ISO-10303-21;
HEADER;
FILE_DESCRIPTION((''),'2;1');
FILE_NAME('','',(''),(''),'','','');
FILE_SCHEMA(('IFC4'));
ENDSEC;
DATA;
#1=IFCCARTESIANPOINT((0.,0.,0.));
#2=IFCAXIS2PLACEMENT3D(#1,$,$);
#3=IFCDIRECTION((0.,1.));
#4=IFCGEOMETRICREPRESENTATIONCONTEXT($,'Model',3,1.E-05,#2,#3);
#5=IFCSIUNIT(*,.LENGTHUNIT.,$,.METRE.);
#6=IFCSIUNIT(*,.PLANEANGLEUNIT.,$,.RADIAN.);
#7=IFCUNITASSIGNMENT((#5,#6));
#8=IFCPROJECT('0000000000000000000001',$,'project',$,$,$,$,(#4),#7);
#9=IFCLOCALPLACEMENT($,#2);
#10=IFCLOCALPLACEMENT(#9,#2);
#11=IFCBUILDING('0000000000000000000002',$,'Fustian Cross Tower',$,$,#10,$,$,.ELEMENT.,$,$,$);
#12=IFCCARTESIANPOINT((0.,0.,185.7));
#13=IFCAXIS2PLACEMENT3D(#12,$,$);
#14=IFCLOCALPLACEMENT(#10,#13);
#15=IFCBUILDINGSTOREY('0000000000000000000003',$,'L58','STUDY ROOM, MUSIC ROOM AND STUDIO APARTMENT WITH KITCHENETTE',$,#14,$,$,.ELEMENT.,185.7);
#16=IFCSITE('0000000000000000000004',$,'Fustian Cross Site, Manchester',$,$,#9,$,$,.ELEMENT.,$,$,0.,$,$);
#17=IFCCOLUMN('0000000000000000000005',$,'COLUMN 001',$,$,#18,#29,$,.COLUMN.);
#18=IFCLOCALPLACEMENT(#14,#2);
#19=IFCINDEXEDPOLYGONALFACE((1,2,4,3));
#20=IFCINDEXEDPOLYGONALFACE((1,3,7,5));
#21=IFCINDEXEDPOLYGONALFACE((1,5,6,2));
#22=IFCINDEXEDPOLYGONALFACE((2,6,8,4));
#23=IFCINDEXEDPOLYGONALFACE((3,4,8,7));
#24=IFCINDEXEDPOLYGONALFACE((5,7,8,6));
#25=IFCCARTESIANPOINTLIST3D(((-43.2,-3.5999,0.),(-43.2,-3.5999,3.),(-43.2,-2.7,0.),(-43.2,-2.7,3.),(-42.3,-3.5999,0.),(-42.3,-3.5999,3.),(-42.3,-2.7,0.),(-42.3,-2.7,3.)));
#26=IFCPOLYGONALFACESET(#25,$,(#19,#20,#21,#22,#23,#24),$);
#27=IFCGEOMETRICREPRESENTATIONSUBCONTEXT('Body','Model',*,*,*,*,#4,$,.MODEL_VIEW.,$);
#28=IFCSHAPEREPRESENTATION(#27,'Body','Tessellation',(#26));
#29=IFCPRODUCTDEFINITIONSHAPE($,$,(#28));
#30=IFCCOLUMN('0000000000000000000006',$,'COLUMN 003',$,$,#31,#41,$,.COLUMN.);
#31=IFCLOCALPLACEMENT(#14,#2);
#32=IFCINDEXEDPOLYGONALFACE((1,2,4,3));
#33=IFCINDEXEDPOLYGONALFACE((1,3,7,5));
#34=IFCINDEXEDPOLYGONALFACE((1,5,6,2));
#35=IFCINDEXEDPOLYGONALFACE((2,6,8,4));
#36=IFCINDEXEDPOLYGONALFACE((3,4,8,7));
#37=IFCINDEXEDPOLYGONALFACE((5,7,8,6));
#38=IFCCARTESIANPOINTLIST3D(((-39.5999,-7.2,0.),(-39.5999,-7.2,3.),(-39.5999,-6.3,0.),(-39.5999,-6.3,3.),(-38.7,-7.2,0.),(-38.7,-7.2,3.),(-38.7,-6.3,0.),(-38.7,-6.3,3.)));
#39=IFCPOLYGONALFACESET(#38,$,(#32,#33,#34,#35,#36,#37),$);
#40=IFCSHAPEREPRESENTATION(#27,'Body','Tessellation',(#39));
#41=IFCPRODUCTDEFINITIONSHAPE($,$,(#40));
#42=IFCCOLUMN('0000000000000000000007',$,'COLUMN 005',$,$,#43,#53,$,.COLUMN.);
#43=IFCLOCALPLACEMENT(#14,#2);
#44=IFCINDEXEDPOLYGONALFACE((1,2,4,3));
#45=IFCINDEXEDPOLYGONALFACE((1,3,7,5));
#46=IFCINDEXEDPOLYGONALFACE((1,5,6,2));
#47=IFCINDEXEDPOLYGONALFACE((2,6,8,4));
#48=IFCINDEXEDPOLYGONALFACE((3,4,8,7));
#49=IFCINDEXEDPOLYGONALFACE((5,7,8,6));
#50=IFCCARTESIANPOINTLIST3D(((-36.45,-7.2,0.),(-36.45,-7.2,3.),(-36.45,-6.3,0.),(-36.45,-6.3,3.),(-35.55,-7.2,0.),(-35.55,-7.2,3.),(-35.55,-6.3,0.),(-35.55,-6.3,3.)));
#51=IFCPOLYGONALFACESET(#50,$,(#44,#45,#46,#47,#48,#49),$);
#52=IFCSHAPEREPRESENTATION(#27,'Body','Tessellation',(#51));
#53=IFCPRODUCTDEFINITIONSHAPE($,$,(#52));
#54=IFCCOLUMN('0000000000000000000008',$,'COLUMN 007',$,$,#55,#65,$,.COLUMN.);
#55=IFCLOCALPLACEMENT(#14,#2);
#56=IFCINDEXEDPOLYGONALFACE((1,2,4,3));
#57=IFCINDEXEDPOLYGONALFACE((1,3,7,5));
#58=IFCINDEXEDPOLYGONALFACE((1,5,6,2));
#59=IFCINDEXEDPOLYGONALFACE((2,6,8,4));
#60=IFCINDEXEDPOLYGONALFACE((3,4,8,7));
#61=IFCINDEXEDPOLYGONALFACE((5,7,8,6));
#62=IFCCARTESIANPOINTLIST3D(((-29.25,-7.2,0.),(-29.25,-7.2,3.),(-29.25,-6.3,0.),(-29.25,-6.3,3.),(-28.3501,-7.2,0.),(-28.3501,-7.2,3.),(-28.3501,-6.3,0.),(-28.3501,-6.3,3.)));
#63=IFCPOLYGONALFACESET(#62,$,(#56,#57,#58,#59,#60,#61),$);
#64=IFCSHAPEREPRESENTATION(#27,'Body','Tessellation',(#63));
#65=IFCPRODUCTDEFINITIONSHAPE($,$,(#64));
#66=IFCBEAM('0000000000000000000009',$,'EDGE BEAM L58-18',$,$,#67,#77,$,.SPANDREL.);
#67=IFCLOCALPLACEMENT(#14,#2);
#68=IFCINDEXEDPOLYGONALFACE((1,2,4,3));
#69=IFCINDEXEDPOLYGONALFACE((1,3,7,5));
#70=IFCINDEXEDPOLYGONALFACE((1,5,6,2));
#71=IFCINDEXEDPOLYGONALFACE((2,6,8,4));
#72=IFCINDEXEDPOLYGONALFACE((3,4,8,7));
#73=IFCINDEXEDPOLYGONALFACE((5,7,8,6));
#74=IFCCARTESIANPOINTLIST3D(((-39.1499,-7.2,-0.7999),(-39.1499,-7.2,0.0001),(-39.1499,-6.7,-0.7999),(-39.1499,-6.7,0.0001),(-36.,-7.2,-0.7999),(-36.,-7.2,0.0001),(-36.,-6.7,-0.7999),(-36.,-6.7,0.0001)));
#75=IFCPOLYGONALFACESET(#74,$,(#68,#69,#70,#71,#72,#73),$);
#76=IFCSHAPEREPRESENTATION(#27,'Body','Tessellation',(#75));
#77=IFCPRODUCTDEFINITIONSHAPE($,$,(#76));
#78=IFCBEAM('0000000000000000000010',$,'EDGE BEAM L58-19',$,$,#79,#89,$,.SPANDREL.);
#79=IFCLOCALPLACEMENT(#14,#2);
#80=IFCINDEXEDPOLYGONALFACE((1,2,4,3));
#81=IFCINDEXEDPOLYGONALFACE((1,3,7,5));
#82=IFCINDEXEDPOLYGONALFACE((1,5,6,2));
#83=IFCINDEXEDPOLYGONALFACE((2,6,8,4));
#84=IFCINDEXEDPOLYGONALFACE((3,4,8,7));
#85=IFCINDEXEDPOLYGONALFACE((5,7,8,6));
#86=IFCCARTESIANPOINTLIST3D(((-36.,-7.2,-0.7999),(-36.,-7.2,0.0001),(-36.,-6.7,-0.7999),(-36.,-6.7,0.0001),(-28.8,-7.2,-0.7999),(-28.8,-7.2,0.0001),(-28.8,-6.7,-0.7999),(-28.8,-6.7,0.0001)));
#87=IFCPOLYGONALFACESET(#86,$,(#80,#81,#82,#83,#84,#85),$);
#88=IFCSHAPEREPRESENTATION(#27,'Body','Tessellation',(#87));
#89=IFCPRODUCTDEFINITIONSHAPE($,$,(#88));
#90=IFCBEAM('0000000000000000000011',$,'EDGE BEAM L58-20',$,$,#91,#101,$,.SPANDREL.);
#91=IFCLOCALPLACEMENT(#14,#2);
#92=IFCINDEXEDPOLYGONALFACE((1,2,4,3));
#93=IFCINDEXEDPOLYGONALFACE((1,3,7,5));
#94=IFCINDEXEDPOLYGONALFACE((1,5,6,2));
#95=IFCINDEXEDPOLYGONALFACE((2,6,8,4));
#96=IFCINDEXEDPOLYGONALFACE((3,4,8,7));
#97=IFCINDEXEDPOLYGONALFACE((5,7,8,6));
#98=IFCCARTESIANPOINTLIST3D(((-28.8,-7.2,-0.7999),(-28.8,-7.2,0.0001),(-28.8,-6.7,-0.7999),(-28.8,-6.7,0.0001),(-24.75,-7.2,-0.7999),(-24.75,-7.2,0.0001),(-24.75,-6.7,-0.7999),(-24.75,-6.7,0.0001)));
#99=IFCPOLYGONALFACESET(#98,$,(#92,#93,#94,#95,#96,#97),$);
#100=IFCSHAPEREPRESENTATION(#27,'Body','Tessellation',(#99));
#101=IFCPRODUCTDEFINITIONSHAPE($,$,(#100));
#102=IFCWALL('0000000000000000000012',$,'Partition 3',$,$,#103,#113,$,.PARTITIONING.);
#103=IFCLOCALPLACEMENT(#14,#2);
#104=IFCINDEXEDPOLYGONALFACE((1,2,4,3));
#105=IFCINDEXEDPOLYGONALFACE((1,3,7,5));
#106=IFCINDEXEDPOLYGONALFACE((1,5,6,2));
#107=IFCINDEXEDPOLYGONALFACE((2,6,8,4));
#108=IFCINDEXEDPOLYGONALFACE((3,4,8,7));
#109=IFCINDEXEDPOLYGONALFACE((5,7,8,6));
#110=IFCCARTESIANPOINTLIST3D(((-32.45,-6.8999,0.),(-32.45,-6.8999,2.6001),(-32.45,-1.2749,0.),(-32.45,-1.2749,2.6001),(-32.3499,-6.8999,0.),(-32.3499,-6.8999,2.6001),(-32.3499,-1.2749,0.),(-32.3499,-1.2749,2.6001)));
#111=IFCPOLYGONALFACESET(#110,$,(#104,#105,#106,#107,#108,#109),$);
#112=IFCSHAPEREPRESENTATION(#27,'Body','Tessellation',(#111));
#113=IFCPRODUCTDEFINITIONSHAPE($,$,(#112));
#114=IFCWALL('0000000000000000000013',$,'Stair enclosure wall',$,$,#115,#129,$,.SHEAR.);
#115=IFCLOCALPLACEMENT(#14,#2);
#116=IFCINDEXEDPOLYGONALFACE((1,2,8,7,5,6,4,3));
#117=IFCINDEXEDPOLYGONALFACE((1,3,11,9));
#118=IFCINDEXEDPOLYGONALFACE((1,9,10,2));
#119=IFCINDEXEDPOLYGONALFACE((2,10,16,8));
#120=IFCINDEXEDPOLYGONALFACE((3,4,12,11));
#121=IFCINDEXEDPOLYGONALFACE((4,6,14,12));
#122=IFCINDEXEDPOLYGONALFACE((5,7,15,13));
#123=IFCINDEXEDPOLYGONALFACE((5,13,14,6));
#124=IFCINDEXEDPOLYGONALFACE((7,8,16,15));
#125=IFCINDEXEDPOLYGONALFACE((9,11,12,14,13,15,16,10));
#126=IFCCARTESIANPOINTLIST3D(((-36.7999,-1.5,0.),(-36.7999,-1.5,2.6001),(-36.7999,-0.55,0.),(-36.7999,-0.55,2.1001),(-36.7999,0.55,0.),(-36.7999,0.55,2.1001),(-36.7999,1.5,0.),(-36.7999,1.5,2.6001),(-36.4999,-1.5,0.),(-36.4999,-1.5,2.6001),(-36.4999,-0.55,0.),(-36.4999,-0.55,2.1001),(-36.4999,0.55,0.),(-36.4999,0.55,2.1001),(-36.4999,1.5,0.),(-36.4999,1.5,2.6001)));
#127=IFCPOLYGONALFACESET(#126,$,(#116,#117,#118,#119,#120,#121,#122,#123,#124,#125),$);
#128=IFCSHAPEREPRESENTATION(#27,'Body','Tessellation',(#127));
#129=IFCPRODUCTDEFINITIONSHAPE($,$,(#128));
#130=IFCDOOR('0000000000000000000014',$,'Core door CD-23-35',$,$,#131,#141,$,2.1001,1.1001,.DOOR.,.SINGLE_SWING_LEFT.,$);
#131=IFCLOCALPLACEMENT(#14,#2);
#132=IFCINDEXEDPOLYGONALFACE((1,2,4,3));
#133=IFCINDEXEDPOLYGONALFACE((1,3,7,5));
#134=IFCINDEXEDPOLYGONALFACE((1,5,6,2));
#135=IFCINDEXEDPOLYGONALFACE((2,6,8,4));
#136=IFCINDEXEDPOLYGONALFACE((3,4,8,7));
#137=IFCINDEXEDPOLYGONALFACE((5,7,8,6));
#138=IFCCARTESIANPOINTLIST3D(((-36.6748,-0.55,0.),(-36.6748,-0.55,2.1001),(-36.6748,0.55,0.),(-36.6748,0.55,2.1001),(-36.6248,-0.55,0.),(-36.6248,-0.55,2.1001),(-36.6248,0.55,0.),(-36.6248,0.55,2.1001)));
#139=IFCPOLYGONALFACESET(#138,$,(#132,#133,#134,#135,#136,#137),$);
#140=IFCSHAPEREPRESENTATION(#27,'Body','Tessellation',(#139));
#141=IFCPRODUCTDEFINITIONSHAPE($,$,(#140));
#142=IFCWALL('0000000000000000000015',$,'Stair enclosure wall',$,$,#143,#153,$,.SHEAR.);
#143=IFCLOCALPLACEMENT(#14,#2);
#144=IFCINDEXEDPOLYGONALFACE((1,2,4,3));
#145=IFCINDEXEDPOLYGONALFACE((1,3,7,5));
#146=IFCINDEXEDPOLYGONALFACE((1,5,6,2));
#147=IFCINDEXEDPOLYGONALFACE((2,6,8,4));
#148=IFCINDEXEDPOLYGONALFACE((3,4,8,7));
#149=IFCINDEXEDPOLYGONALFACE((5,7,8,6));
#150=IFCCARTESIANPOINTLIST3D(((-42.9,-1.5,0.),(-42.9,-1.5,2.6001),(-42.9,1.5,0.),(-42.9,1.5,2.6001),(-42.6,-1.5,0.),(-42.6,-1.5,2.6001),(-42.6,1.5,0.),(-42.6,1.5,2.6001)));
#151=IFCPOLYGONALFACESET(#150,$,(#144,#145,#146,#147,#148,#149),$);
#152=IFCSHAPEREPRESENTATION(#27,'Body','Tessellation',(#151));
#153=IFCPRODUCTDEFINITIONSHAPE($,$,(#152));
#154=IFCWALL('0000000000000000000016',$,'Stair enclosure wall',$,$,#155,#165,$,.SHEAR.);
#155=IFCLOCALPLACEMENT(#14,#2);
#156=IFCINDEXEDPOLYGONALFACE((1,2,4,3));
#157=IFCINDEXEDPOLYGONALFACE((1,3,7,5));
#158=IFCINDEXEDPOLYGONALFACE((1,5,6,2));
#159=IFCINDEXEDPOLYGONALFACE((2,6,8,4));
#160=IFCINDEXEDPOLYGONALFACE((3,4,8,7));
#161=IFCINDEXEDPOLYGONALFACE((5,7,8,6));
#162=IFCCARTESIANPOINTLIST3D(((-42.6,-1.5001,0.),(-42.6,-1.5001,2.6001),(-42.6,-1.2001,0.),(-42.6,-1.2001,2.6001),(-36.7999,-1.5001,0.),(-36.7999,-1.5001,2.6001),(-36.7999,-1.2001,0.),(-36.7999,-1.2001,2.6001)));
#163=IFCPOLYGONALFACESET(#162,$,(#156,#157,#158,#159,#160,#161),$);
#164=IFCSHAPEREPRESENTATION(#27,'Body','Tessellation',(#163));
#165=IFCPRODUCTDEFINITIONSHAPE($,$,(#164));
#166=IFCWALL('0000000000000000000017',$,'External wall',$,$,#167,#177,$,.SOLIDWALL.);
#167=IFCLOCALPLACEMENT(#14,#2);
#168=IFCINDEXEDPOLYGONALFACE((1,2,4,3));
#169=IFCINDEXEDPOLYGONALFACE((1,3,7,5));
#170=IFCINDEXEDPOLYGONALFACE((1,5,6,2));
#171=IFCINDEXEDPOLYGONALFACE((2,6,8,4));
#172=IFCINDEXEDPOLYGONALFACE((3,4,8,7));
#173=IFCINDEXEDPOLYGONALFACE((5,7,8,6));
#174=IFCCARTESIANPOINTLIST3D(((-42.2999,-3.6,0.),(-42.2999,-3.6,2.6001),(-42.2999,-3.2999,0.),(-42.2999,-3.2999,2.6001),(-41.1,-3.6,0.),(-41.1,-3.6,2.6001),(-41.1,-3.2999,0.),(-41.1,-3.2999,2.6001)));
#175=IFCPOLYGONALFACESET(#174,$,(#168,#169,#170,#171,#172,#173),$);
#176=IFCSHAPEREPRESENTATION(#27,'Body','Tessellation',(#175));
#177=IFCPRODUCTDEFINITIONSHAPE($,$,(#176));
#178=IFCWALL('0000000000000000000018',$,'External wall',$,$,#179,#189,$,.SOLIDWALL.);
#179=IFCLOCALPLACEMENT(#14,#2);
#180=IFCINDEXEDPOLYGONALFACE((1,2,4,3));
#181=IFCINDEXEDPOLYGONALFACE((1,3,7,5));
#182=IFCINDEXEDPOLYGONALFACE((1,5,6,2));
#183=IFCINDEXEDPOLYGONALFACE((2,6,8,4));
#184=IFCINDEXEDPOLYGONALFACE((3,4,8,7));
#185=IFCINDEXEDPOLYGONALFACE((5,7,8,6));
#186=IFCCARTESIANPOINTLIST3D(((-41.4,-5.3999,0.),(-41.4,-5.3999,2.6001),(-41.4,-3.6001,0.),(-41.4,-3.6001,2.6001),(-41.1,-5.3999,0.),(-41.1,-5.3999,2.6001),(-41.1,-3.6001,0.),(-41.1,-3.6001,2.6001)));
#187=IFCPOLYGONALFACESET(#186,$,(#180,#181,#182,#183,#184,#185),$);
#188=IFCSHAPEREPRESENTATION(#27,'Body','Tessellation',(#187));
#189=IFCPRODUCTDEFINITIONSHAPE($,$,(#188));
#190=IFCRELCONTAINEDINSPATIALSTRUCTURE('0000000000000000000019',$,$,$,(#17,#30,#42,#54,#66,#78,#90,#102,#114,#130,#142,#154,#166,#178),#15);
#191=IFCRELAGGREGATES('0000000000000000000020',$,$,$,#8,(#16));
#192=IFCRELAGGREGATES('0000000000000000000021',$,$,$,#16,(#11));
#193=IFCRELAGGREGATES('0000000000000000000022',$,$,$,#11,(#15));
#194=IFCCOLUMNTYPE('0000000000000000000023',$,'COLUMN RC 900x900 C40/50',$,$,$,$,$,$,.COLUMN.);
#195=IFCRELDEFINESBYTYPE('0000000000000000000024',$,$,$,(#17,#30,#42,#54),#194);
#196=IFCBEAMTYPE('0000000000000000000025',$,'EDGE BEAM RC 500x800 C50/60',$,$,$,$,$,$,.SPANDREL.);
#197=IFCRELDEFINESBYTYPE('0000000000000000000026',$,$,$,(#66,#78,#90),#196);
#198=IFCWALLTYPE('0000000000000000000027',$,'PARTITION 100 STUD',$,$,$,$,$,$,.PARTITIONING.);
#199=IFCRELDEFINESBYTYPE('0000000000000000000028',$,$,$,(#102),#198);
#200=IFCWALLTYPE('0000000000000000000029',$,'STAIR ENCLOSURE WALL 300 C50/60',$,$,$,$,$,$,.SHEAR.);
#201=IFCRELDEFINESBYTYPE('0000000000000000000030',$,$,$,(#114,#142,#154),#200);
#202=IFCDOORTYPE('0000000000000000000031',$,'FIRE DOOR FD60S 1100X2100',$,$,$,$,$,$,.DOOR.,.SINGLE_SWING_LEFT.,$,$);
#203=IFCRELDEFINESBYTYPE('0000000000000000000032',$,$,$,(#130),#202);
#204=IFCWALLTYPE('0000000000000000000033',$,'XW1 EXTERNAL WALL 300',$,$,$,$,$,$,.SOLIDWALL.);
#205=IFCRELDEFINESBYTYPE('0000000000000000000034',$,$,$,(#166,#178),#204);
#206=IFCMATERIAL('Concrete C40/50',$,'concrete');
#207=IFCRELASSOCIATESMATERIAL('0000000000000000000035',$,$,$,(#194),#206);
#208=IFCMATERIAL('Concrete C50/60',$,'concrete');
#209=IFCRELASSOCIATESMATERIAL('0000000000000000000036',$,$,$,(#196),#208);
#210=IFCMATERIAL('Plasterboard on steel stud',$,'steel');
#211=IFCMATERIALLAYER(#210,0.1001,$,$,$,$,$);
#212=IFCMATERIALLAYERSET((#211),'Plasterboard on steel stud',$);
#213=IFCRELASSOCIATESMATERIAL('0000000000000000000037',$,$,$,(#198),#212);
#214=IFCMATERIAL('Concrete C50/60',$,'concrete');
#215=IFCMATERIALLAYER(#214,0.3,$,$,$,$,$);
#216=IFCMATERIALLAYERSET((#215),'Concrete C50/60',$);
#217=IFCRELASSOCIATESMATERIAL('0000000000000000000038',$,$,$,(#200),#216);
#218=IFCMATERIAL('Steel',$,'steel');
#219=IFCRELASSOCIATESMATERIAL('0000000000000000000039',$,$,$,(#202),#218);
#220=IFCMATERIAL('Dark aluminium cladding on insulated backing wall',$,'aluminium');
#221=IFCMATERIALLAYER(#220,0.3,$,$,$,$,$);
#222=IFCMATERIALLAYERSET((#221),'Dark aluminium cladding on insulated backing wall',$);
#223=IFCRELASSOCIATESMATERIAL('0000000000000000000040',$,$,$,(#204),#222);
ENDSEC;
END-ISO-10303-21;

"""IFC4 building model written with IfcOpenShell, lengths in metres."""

from ifc_helpers import new_model, si_unit, direction, frame, frame_2d, origin, origin_2d, place, context, subcontext, project, spatial, rectangle, extrude, material, layer, layer_set, material_profile, profile_set, type_object, element, fill, save


model = new_model("IFC4")

# Units and contexts
model_context = context("Model", 3, precision=1e-05, world=origin(), true_north=direction((0.0, 1.0)))
body_context = subcontext(model_context, "Body", "Model", "MODEL_VIEW")
ifc_project = project(units=[si_unit("LENGTHUNIT", "METRE"), si_unit("PLANEANGLEUNIT", "RADIAN")], contexts=[model_context])

# Site, building, storey
site_placement = place(None, origin())
site = spatial("IfcSite", under=ifc_project, at=site_placement, Name="Fustian Cross Site, Manchester", CompositionType="ELEMENT", RefElevation=0.0)
building_placement = place(site_placement, origin())
building = spatial("IfcBuilding", under=site, at=building_placement, Name="Fustian Cross Tower", CompositionType="ELEMENT")
storey_placement = place(building_placement, frame((0.0, 0.0, 185.7)))
storey = spatial("IfcBuildingStorey", under=building, at=storey_placement, Name="L58", Description="STUDY ROOM, MUSIC ROOM AND STUDIO APARTMENT WITH KITCHENETTE", CompositionType="ELEMENT", Elevation=185.7)

# Columns
ifc_material_1 = material(Name="Concrete C40/50", Category="concrete")
ifc_material_profile_1 = material_profile(ifc_material_1, rectangle(XDim=0.8999, YDim=0.8999, at=origin_2d()), Name="RC 900x900")
ifc_profile_set_1 = profile_set([ifc_material_profile_1], Name="Concrete C40/50")
column_type = type_object("IfcColumnType", Name="COLUMN RC 900x900 C40/50", PredefinedType="COLUMN", material=ifc_profile_set_1)
for number, where, z_axis, x_axis, name in (
    (1, (-42.75, -3.1499, 0.0), (0.0, 0.0, 1.0), (1.0, 0.0, 0.0), "COLUMN 001"),
    (2, (-39.1499, -6.75, 0.0), (0.0, 0.0, 1.0), (1.0, 0.0, 0.0), "COLUMN 003"),
    (3, (-36.0, -6.75, 0.0), (0.0, 0.0, 1.0), (1.0, 0.0, 0.0), "COLUMN 005"),
    (4, (-28.8, -6.75, 0.0), (0.0, 0.0, 1.0), (1.0, 0.0, 0.0), "COLUMN 007"),
):
    element("IfcColumn", number, at=place(storey_placement, frame(where, z_axis=z_axis, x_axis=x_axis)), inside=storey, type_object=column_type, Name=name, PredefinedType="COLUMN", context=body_context, shape_type="SweptSolid", body=[
        extrude(rectangle(XDim=0.8999, YDim=0.8999, at=origin_2d()), origin(), (0.0, 0.0, 1.0), 3.0),
    ])

# Beams
ifc_material_2 = material(Name="Concrete C50/60", Category="concrete")
ifc_material_profile_2 = material_profile(ifc_material_2, rectangle(XDim=0.5, YDim=0.8, at=origin_2d()), Name="RC 500x800")
ifc_profile_set_2 = profile_set([ifc_material_profile_2], Name="Concrete C50/60")
beam_type = type_object("IfcBeamType", Name="EDGE BEAM RC 500x800 C50/60", PredefinedType="SPANDREL", material=ifc_profile_set_2)
beam_1_placement = place(storey_placement, frame((-39.1499, -6.95, -0.3999), z_axis=(1.0, 0.0, 0.0), x_axis=(0.0, 1.0, 0.0)))
element("IfcBeam", 5, at=beam_1_placement, inside=storey, type_object=beam_type, Name="EDGE BEAM L58-18", PredefinedType="SPANDREL", context=body_context, shape_type="SweptSolid", body=[
    extrude(rectangle(XDim=0.5, YDim=0.8, at=origin_2d()), origin(), (0.0, 0.0, 1.0), 3.1499),
])
beam_2_placement = place(storey_placement, frame((-36.0, -6.95, -0.3999), z_axis=(1.0, 0.0, 0.0), x_axis=(0.0, 1.0, 0.0)))
element("IfcBeam", 6, at=beam_2_placement, inside=storey, type_object=beam_type, Name="EDGE BEAM L58-19", PredefinedType="SPANDREL", context=body_context, shape_type="SweptSolid", body=[
    extrude(rectangle(XDim=0.5, YDim=0.8, at=origin_2d()), origin(), (0.0, 0.0, 1.0), 7.2),
])
beam_3_placement = place(storey_placement, frame((-28.8, -6.95, -0.3999), z_axis=(1.0, 0.0, 0.0), x_axis=(0.0, 1.0, 0.0)))
element("IfcBeam", 7, at=beam_3_placement, inside=storey, type_object=beam_type, Name="EDGE BEAM L58-20", PredefinedType="SPANDREL", context=body_context, shape_type="SweptSolid", body=[
    extrude(rectangle(XDim=0.5, YDim=0.8, at=origin_2d()), origin(), (0.0, 0.0, 1.0), 4.05),
])

# Wall
ifc_material_3 = material(Name="Plasterboard on steel stud", Category="steel")
ifc_layer_1 = layer(ifc_material_3, 0.1001)
ifc_layer_set_1 = layer_set([ifc_layer_1], Name="Plasterboard on steel stud")
wall_type_1 = type_object("IfcWallType", Name="PARTITION 100 STUD", PredefinedType="PARTITIONING", material=ifc_layer_set_1)
wall_1_placement = place(storey_placement, frame((-32.3999, -6.8999, 0.0), z_axis=(0.0, 0.0, 1.0), x_axis=(0.0, 1.0, 0.0)))
element("IfcWall", 8, at=wall_1_placement, inside=storey, type_object=wall_type_1, Name="Partition 3", PredefinedType="PARTITIONING", context=body_context, shape_type="SweptSolid", body=[
    extrude(rectangle(XDim=5.625, YDim=0.1001, at=frame_2d((2.8125, 0.0))), origin(), (0.0, 0.0, 1.0), 2.6001),
])

# Wall, opening, door
ifc_material_4 = material(Name="Concrete C50/60", Category="concrete")
ifc_layer_2 = layer(ifc_material_4, 0.3)
ifc_layer_set_2 = layer_set([ifc_layer_2], Name="Concrete C50/60")
wall_type_2 = type_object("IfcWallType", Name="STAIR ENCLOSURE WALL 300 C50/60", PredefinedType="SHEAR", material=ifc_layer_set_2)
wall_2_placement = place(storey_placement, frame((-36.6499, -1.5, 0.0), z_axis=(0.0, 0.0, 1.0), x_axis=(0.0, 1.0, 0.0)))
wall_2 = element("IfcWall", 9, at=wall_2_placement, inside=storey, type_object=wall_type_2, Name="Stair enclosure wall", PredefinedType="SHEAR", context=body_context, shape_type="SweptSolid", body=[
    extrude(rectangle(XDim=3.0, YDim=0.3, at=frame_2d((1.5, 0.0))), origin(), (0.0, 0.0, 1.0), 2.6001),
])
opening_1_placement = place(wall_2_placement, frame((0.95, 0.0, 0.0)))
opening_1 = element("IfcOpeningElement", 10, at=opening_1_placement, cuts=wall_2, PredefinedType="OPENING", context=body_context, shape_type="SweptSolid", body=[
    extrude(rectangle(XDim=1.1001, YDim=2.1001, at=frame_2d((0.55, 1.05))), frame((0.0, 0.1599, 0.0), z_axis=(0.0, -1.0, 0.0), x_axis=(1.0, 0.0, 0.0)), (0.0, 0.0, 1.0), 0.3201),
])
ifc_material_5 = material(Name="Steel", Category="steel")
door_type = type_object("IfcDoorType", Name="FIRE DOOR FD60S 1100X2100", OperationType="SINGLE_SWING_LEFT", PredefinedType="DOOR", material=ifc_material_5)
door_placement = place(opening_1_placement, origin())
door = element("IfcDoor", 11, at=door_placement, inside=storey, type_object=door_type, Name="Core door CD-23-35", OperationType="SINGLE_SWING_LEFT", OverallHeight=2.1001, OverallWidth=1.1001, PredefinedType="DOOR", context=body_context, shape_type="SweptSolid", body=[
    extrude(rectangle(XDim=1.1001, YDim=2.1001, at=frame_2d((0.55, 1.05))), frame((0.0, 0.0249, 0.0), z_axis=(0.0, -1.0, 0.0), x_axis=(1.0, 0.0, 0.0)), (0.0, 0.0, 1.0), 0.05),
])
fill(opening_1, door)

# Walls
wall_3_placement = place(storey_placement, frame((-42.75, -1.5, 0.0), z_axis=(0.0, 0.0, 1.0), x_axis=(0.0, 1.0, 0.0)))
element("IfcWall", 12, at=wall_3_placement, inside=storey, type_object=wall_type_2, Name="Stair enclosure wall", PredefinedType="SHEAR", context=body_context, shape_type="SweptSolid", body=[
    extrude(rectangle(XDim=3.0, YDim=0.3, at=frame_2d((1.5, 0.0))), origin(), (0.0, 0.0, 1.0), 2.6001),
])
wall_4_placement = place(storey_placement, frame((-36.8, -1.3501, 0.0), z_axis=(0.0, 0.0, 1.0), x_axis=(-1.0, 0.0, 0.0)))
element("IfcWall", 13, at=wall_4_placement, inside=storey, type_object=wall_type_2, Name="Stair enclosure wall", PredefinedType="SHEAR", context=body_context, shape_type="SweptSolid", body=[
    extrude(rectangle(XDim=5.8, YDim=0.3, at=frame_2d((2.8999, 0.0))), origin(), (0.0, 0.0, 1.0), 2.6001),
])
ifc_material_6 = material(Name="Dark aluminium cladding on insulated backing wall", Category="aluminium")
ifc_layer_3 = layer(ifc_material_6, 0.3)
ifc_layer_set_3 = layer_set([ifc_layer_3], Name="Dark aluminium cladding on insulated backing wall")
wall_type_3 = type_object("IfcWallType", Name="XW1 EXTERNAL WALL 300", PredefinedType="SOLIDWALL", material=ifc_layer_set_3)
wall_5_placement = place(storey_placement, frame((-42.3, -3.45, 0.0), z_axis=(0.0, 0.0, 1.0), x_axis=(1.0, 0.0, 0.0)))
element("IfcWall", 14, at=wall_5_placement, inside=storey, type_object=wall_type_3, Name="External wall", PredefinedType="SOLIDWALL", context=body_context, shape_type="SweptSolid", body=[
    extrude(rectangle(XDim=1.2, YDim=0.3, at=frame_2d((0.6001, 0.0))), origin(), (0.0, 0.0, 1.0), 2.6001),
])
wall_6_placement = place(storey_placement, frame((-41.25, -3.6001, 0.0), z_axis=(0.0, 0.0, 1.0), x_axis=(0.0, -1.0, 0.0)))
element("IfcWall", 15, at=wall_6_placement, inside=storey, type_object=wall_type_3, Name="External wall", PredefinedType="SOLIDWALL", context=body_context, shape_type="SweptSolid", body=[
    extrude(rectangle(XDim=1.7998, YDim=0.3, at=frame_2d((0.8999, 0.0))), origin(), (0.0, 0.0, 1.0), 2.6001),
])

save(model, "model.ifc")
